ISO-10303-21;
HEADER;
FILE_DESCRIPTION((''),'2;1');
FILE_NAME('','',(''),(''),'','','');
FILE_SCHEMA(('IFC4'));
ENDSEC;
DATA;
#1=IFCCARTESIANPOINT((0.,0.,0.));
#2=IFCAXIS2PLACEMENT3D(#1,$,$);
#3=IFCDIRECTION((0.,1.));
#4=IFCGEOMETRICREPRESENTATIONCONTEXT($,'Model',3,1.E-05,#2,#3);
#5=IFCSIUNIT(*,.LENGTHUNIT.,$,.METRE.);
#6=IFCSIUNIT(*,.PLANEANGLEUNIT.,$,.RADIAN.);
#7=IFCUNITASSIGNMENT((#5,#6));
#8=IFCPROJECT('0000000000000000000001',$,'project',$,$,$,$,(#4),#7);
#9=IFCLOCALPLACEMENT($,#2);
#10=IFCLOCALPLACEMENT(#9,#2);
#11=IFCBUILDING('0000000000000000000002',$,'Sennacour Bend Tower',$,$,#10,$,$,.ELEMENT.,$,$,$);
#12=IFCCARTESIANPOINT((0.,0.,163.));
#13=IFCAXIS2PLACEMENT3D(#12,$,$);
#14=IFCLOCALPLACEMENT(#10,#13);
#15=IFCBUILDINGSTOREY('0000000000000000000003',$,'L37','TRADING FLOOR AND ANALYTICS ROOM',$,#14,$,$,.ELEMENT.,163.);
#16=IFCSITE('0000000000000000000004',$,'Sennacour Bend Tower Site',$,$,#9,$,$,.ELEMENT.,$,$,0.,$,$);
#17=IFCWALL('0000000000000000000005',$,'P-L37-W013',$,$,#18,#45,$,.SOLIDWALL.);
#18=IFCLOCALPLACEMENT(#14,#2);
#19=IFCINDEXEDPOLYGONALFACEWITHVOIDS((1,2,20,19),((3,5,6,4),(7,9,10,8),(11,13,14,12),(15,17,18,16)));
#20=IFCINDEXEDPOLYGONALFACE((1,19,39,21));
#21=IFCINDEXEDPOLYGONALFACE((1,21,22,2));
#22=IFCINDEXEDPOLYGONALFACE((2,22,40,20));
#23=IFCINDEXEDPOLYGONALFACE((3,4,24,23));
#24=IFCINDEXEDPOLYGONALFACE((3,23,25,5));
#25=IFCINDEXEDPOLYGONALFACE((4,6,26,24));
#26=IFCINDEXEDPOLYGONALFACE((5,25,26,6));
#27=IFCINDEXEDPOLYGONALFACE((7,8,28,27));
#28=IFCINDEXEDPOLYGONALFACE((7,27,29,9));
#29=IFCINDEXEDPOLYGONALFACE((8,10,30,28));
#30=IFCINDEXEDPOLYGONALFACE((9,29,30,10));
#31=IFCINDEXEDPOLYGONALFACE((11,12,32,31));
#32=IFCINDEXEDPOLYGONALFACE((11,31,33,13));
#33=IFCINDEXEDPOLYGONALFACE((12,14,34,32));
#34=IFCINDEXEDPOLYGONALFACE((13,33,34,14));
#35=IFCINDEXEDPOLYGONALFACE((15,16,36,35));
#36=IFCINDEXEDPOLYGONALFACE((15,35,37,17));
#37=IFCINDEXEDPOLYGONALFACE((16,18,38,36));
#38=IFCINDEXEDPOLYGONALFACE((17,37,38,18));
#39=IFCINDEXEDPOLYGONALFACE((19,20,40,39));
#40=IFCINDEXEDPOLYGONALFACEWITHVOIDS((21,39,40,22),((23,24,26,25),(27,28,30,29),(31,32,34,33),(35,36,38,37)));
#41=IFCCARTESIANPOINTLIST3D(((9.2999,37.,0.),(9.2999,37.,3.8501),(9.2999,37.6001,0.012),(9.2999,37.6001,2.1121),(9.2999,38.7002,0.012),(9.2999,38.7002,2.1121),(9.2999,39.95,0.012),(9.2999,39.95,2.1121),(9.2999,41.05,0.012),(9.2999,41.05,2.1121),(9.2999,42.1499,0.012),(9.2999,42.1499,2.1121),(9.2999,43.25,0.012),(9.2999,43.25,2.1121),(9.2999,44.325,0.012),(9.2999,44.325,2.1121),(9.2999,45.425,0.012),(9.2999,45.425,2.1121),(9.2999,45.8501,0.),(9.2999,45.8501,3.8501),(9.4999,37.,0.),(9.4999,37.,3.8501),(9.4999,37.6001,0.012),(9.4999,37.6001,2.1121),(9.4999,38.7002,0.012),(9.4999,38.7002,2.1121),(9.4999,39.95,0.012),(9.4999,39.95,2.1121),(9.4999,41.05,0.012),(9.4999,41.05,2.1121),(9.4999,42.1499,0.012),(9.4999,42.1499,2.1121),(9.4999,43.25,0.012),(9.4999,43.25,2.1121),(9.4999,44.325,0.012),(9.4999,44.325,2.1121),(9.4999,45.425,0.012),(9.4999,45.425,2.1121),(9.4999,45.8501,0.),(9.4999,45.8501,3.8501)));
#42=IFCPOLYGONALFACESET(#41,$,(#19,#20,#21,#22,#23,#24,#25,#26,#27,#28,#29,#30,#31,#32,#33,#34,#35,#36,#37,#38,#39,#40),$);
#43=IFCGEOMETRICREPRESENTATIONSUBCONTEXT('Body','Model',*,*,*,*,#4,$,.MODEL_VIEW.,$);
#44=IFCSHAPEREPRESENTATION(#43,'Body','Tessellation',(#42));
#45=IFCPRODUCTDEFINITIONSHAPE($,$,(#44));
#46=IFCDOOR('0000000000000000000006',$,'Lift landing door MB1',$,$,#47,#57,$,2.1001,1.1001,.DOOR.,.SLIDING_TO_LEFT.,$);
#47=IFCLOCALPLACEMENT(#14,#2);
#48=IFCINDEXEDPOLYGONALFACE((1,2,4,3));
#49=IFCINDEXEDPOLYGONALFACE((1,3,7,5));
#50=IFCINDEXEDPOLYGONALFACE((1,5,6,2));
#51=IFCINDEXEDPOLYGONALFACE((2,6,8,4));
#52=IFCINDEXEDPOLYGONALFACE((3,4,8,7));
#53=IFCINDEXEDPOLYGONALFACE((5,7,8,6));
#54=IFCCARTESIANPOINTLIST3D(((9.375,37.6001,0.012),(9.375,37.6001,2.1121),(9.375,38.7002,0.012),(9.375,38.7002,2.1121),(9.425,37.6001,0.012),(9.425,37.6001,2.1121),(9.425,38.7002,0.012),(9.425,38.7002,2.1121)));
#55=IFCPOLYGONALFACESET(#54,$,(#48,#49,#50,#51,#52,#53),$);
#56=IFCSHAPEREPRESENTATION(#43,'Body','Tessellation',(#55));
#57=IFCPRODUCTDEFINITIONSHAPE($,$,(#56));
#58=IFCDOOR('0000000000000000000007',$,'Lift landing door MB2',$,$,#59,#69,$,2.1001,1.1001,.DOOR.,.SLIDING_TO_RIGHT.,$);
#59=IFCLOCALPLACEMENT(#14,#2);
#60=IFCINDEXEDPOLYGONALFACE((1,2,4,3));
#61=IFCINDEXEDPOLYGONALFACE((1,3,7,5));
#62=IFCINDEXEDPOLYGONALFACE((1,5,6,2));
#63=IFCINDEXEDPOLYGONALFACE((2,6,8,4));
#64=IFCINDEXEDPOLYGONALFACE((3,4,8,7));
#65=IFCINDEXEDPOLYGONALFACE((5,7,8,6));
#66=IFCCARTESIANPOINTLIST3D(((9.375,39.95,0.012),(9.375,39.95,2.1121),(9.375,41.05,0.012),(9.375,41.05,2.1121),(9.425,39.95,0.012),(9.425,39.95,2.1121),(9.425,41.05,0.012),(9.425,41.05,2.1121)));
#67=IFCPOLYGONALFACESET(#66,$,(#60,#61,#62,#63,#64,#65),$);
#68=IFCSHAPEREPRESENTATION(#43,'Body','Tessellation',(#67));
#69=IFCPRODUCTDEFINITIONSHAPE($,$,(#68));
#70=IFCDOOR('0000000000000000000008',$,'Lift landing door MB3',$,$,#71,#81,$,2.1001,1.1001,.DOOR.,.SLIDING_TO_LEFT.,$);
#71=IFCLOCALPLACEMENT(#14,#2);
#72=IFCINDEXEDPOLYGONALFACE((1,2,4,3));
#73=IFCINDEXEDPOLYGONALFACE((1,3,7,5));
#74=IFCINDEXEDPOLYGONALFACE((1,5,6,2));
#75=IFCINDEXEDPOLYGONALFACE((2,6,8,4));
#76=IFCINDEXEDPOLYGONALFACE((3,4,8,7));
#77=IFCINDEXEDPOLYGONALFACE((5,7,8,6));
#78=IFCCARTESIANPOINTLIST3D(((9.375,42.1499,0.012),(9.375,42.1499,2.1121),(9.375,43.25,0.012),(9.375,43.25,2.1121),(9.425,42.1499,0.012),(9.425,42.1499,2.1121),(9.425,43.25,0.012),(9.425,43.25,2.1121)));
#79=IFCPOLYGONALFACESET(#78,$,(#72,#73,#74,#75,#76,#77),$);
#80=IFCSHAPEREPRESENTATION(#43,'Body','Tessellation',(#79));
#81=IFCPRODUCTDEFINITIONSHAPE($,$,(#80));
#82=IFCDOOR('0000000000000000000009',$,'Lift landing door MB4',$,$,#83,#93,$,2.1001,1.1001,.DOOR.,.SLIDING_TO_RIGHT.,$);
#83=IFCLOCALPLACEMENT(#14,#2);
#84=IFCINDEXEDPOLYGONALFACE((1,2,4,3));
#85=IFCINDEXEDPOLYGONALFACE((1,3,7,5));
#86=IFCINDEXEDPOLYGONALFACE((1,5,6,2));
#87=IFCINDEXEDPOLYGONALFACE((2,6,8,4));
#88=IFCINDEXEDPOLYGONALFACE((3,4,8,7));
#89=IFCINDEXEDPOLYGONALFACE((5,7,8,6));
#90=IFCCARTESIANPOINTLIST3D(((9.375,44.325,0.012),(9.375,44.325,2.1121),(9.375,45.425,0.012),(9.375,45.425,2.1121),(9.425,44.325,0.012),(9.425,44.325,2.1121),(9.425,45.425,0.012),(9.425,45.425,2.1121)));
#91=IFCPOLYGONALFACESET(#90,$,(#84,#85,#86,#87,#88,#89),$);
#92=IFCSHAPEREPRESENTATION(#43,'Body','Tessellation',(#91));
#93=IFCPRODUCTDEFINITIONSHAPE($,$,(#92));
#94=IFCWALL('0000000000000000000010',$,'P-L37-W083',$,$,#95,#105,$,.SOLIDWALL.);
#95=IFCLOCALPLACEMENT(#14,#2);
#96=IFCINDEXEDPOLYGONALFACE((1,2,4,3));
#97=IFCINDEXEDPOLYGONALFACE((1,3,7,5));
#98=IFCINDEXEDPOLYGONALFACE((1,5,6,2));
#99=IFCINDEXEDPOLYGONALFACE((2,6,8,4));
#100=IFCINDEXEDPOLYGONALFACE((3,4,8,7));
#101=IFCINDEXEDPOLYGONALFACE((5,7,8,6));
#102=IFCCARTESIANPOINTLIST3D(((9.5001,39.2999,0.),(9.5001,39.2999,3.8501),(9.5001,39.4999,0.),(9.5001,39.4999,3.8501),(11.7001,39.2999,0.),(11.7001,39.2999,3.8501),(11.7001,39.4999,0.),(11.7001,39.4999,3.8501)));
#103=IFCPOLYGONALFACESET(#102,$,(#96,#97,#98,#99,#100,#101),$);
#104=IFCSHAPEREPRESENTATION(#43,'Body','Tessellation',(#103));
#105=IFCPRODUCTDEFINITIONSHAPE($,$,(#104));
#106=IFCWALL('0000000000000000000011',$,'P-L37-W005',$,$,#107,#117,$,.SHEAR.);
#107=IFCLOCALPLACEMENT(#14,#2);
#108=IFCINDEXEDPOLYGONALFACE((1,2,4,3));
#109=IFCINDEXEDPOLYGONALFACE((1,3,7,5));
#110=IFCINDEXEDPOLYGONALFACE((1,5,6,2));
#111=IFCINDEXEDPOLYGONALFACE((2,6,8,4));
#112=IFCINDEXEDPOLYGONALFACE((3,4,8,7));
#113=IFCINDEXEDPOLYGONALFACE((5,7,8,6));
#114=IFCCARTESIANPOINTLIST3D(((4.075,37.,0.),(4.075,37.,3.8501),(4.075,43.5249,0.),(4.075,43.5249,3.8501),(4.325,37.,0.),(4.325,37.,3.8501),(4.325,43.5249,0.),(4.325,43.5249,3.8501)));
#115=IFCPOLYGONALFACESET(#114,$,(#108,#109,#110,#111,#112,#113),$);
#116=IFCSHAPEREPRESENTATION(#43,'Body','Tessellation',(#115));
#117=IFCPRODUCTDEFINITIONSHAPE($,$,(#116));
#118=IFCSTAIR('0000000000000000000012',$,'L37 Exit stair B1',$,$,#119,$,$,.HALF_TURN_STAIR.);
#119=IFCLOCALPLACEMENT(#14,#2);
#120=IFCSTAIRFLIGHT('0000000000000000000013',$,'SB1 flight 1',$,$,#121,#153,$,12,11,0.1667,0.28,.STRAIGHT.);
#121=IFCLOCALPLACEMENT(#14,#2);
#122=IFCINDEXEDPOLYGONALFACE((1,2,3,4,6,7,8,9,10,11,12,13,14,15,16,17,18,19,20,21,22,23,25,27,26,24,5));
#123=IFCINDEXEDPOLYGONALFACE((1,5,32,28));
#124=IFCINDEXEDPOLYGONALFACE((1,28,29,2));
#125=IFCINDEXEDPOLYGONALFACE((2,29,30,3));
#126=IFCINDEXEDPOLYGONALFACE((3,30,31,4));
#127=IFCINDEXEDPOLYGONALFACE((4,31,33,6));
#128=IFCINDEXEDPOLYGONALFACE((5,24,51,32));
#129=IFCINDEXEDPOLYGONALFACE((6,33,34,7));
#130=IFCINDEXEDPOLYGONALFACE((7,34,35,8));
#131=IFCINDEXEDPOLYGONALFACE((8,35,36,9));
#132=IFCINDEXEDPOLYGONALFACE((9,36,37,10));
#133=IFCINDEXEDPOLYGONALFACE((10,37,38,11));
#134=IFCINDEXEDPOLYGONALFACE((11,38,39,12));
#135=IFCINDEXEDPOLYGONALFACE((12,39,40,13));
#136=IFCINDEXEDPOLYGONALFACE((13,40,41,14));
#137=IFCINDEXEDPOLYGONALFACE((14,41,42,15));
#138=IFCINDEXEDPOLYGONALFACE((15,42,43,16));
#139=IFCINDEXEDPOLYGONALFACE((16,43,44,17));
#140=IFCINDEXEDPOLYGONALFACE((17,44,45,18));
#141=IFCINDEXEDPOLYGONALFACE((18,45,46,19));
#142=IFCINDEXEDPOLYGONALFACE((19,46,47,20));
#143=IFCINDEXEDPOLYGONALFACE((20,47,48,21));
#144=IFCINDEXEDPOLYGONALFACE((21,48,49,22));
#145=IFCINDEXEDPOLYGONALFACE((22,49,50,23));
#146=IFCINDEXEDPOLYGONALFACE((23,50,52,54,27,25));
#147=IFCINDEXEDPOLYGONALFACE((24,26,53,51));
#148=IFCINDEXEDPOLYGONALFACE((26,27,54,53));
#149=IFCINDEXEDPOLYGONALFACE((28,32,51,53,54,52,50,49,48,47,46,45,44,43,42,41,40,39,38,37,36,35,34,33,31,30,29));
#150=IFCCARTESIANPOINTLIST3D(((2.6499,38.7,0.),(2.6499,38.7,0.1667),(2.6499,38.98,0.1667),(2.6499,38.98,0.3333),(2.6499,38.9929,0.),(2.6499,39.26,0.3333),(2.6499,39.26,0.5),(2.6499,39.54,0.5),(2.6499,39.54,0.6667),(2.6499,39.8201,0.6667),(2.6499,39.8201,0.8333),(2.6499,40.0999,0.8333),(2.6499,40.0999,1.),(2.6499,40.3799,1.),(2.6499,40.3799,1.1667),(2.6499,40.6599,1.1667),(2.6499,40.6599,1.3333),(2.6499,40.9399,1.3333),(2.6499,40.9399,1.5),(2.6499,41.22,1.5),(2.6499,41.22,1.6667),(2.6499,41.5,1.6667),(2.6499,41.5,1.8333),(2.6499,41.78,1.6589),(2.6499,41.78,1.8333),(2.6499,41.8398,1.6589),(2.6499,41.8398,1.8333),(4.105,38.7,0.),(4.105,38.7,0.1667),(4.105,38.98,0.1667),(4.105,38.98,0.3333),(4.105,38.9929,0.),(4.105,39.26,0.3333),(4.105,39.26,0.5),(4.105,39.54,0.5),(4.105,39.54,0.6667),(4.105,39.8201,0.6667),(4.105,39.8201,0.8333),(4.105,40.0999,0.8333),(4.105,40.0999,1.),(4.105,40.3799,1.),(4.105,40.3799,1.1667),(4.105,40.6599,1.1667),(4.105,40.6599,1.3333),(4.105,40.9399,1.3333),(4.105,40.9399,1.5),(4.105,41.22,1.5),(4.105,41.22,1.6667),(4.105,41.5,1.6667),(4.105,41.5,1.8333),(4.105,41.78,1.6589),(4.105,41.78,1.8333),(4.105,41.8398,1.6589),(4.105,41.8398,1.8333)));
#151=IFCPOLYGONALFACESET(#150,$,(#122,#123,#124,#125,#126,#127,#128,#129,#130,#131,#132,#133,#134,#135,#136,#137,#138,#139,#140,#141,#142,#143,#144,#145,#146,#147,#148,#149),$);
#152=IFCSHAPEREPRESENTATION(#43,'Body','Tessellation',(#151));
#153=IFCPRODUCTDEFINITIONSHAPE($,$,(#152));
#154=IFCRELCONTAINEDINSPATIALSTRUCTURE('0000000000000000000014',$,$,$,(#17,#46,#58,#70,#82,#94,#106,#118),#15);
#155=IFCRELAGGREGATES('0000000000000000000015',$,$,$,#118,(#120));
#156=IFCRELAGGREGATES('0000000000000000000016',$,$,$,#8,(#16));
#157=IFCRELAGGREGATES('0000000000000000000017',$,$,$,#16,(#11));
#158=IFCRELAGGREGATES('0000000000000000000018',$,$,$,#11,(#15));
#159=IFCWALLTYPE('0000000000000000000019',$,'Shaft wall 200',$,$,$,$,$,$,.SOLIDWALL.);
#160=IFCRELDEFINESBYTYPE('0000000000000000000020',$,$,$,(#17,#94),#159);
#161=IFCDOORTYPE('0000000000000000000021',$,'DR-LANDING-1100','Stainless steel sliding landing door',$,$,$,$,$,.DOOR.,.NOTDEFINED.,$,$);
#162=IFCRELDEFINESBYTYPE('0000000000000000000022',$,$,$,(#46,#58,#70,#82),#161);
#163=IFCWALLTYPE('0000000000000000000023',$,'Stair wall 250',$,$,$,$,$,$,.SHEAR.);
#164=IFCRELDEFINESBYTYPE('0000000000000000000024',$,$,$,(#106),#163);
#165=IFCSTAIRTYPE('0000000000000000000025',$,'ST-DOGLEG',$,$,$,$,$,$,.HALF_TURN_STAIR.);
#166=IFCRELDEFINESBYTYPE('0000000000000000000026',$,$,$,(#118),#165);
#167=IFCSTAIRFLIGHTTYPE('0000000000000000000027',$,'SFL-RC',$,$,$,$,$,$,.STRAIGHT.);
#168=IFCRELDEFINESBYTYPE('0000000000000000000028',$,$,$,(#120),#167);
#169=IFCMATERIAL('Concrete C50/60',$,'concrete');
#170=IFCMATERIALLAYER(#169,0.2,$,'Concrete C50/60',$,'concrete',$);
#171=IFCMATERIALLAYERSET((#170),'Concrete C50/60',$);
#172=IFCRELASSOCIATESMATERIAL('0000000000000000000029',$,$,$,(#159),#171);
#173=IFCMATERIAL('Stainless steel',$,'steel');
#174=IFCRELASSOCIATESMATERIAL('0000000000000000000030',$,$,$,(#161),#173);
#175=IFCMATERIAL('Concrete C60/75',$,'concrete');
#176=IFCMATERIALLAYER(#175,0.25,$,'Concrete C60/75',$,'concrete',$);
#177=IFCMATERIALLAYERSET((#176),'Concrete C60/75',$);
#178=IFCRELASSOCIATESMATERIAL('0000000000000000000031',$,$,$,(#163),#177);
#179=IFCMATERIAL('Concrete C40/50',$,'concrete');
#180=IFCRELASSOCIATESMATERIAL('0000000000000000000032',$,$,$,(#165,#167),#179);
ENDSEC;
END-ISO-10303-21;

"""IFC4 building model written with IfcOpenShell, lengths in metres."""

from ifc_helpers import new_model, si_unit, direction, frame, frame_2d, origin, place, context, subcontext, project, spatial, polyline, rectangle, outline, extrude, material, layer, layer_set, type_object, element, fill, aggregate, save


model = new_model("IFC4")

# Units and contexts
model_context = context("Model", 3, precision=1e-05, world=origin(), true_north=direction((0.0, 1.0)))
body_context = subcontext(model_context, "Body", "Model", "MODEL_VIEW")
ifc_project = project(units=[si_unit("LENGTHUNIT", "METRE"), si_unit("PLANEANGLEUNIT", "RADIAN")], contexts=[model_context])

# Site, building, storey
site_placement = place(None, origin())
site = spatial("IfcSite", under=ifc_project, at=site_placement, Name="Sennacour Bend Tower Site", CompositionType="ELEMENT", RefElevation=0.0)
building_placement = place(site_placement, origin())
building = spatial("IfcBuilding", under=site, at=building_placement, Name="Sennacour Bend Tower", CompositionType="ELEMENT")
storey_placement = place(building_placement, frame((0.0, 0.0, 163.0)))
storey = spatial("IfcBuildingStorey", under=building, at=storey_placement, Name="L37", Description="TRADING FLOOR AND ANALYTICS ROOM", CompositionType="ELEMENT", Elevation=163.0)

# Shared definitions
ifc_material_1 = material(Name="Concrete C60/75", Category="concrete")

# Wall, openings, doors
ifc_material_2 = material(Name="Concrete C50/60", Category="concrete")
ifc_layer_1 = layer(ifc_material_2, 0.2, Name="Concrete C50/60", Category="concrete")
ifc_layer_set_1 = layer_set([ifc_layer_1], Name="Concrete C50/60")
wall_type_1 = type_object("IfcWallType", Name="Shaft wall 200", PredefinedType="SOLIDWALL", material=ifc_layer_set_1)
wall_1_placement = place(storey_placement, frame((9.3999, 37.0, 0.0), z_axis=(0.0, 0.0, 1.0), x_axis=(0.0, 1.0, 0.0)))
wall_1 = element("IfcWall", 1, at=wall_1_placement, inside=storey, type_object=wall_type_1, Name="P-L37-W013", PredefinedType="SOLIDWALL", context=body_context, shape_type="SweptSolid", body=[
    extrude(rectangle(XDim=8.8501, YDim=0.2, at=frame_2d((4.425, 0.0))), origin(), (0.0, 0.0, 1.0), 3.8501),
])
opening_1_placement = place(wall_1_placement, frame((0.6001, 0.0, 0.012)))
opening_1 = element("IfcOpeningElement", 2, at=opening_1_placement, cuts=wall_1, PredefinedType="OPENING", context=body_context, shape_type="SweptSolid", body=[
    extrude(rectangle(XDim=1.1001, YDim=2.1001, at=frame_2d((0.55, 1.05))), frame((0.0, 0.1099, 0.0), z_axis=(0.0, -1.0, 0.0), x_axis=(1.0, 0.0, 0.0)), (0.0, 0.0, 1.0), 0.22),
])
opening_2_placement = place(wall_1_placement, frame((2.95, 0.0, 0.012)))
opening_2 = element("IfcOpeningElement", 3, at=opening_2_placement, cuts=wall_1, PredefinedType="OPENING", context=body_context, shape_type="SweptSolid", body=[
    extrude(rectangle(XDim=1.1001, YDim=2.1001, at=frame_2d((0.55, 1.05))), frame((0.0, 0.1099, 0.0), z_axis=(0.0, -1.0, 0.0), x_axis=(1.0, 0.0, 0.0)), (0.0, 0.0, 1.0), 0.22),
])
opening_3_placement = place(wall_1_placement, frame((5.1499, 0.0, 0.012)))
opening_3 = element("IfcOpeningElement", 4, at=opening_3_placement, cuts=wall_1, PredefinedType="OPENING", context=body_context, shape_type="SweptSolid", body=[
    extrude(rectangle(XDim=1.1001, YDim=2.1001, at=frame_2d((0.55, 1.05))), frame((0.0, 0.1099, 0.0), z_axis=(0.0, -1.0, 0.0), x_axis=(1.0, 0.0, 0.0)), (0.0, 0.0, 1.0), 0.22),
])
opening_4_placement = place(wall_1_placement, frame((7.325, 0.0, 0.012)))
opening_4 = element("IfcOpeningElement", 5, at=opening_4_placement, cuts=wall_1, PredefinedType="OPENING", context=body_context, shape_type="SweptSolid", body=[
    extrude(rectangle(XDim=1.1001, YDim=2.1001, at=frame_2d((0.55, 1.05))), frame((0.0, 0.1099, 0.0), z_axis=(0.0, -1.0, 0.0), x_axis=(1.0, 0.0, 0.0)), (0.0, 0.0, 1.0), 0.22),
])
ifc_material_3 = material(Name="Stainless steel", Category="steel")
door_type_1 = type_object("IfcDoorType", Name="DR-LANDING-1100", Description="Stainless steel sliding landing door", OperationType="NOTDEFINED", PredefinedType="DOOR", material=ifc_material_3)
door_1_placement = place(opening_1_placement, origin())
door_1 = element("IfcDoor", 6, at=door_1_placement, inside=storey, type_object=door_type_1, Name="Lift landing door MB1", OperationType="SLIDING_TO_LEFT", OverallHeight=2.1001, OverallWidth=1.1001, PredefinedType="DOOR", context=body_context, shape_type="SweptSolid", body=[
    extrude(rectangle(XDim=1.1001, YDim=2.1001, at=frame_2d((0.55, 1.05))), frame((0.0, 0.0249, 0.0), z_axis=(0.0, -1.0, 0.0), x_axis=(1.0, 0.0, 0.0)), (0.0, 0.0, 1.0), 0.05),
])
fill(opening_1, door_1)
door_2_placement = place(opening_2_placement, origin())
door_2 = element("IfcDoor", 7, at=door_2_placement, inside=storey, type_object=door_type_1, Name="Lift landing door MB2", OperationType="SLIDING_TO_RIGHT", OverallHeight=2.1001, OverallWidth=1.1001, PredefinedType="DOOR", context=body_context, shape_type="SweptSolid", body=[
    extrude(rectangle(XDim=1.1001, YDim=2.1001, at=frame_2d((0.55, 1.05))), frame((0.0, 0.0249, 0.0), z_axis=(0.0, -1.0, 0.0), x_axis=(1.0, 0.0, 0.0)), (0.0, 0.0, 1.0), 0.05),
])
fill(opening_2, door_2)
door_3_placement = place(opening_3_placement, origin())
door_3 = element("IfcDoor", 8, at=door_3_placement, inside=storey, type_object=door_type_1, Name="Lift landing door MB3", OperationType="SLIDING_TO_LEFT", OverallHeight=2.1001, OverallWidth=1.1001, PredefinedType="DOOR", context=body_context, shape_type="SweptSolid", body=[
    extrude(rectangle(XDim=1.1001, YDim=2.1001, at=frame_2d((0.55, 1.05))), frame((0.0, 0.0249, 0.0), z_axis=(0.0, -1.0, 0.0), x_axis=(1.0, 0.0, 0.0)), (0.0, 0.0, 1.0), 0.05),
])
fill(opening_3, door_3)
door_4_placement = place(opening_4_placement, origin())
door_4 = element("IfcDoor", 9, at=door_4_placement, inside=storey, type_object=door_type_1, Name="Lift landing door MB4", OperationType="SLIDING_TO_RIGHT", OverallHeight=2.1001, OverallWidth=1.1001, PredefinedType="DOOR", context=body_context, shape_type="SweptSolid", body=[
    extrude(rectangle(XDim=1.1001, YDim=2.1001, at=frame_2d((0.55, 1.05))), frame((0.0, 0.0249, 0.0), z_axis=(0.0, -1.0, 0.0), x_axis=(1.0, 0.0, 0.0)), (0.0, 0.0, 1.0), 0.05),
])
fill(opening_4, door_4)

# Walls
wall_2_placement = place(storey_placement, frame((9.5, 39.3999, 0.0), z_axis=(0.0, 0.0, 1.0), x_axis=(1.0, 0.0, 0.0)))
element("IfcWall", 10, at=wall_2_placement, inside=storey, type_object=wall_type_1, Name="P-L37-W083", PredefinedType="SOLIDWALL", context=body_context, shape_type="SweptSolid", body=[
    extrude(rectangle(XDim=2.2, YDim=0.2, at=frame_2d((1.1001, 0.0))), origin(), (0.0, 0.0, 1.0), 3.8501),
])
ifc_layer_2 = layer(ifc_material_1, 0.25, Name="Concrete C60/75", Category="concrete")
ifc_layer_set_2 = layer_set([ifc_layer_2], Name="Concrete C60/75")
wall_type_2 = type_object("IfcWallType", Name="Stair wall 250", PredefinedType="SHEAR", material=ifc_layer_set_2)
wall_3_placement = place(storey_placement, frame((4.2, 37.0, 0.0), z_axis=(0.0, 0.0, 1.0), x_axis=(0.0, 1.0, 0.0)))
element("IfcWall", 11, at=wall_3_placement, inside=storey, type_object=wall_type_2, Name="P-L37-W005", PredefinedType="SHEAR", context=body_context, shape_type="SweptSolid", body=[
    extrude(rectangle(XDim=6.5249, YDim=0.25, at=frame_2d((3.2625, 0.0))), origin(), (0.0, 0.0, 1.0), 3.8501),
])

# Stair, stair flight
ifc_material_4 = material(Name="Concrete C40/50", Category="concrete")
stair_type = type_object("IfcStairType", Name="ST-DOGLEG", PredefinedType="HALF_TURN_STAIR", material=ifc_material_4)
stair_placement = place(storey_placement, origin())
stair = element("IfcStair", 12, at=stair_placement, inside=storey, type_object=stair_type, Name="L37 Exit stair B1", PredefinedType="HALF_TURN_STAIR")
stair_flight_type = type_object("IfcStairFlightType", Name="SFL-RC", PredefinedType="STRAIGHT", material=ifc_material_4)
stair_flight_placement = place(storey_placement, frame((3.3774, 38.7, 0.0), z_axis=(0.0, 0.0, 1.0), x_axis=(0.0, 1.0, 0.0)))
stair_flight = element("IfcStairFlight", 13, at=stair_flight_placement, type_object=stair_flight_type, Name="SB1 flight 1", NumberOfRisers=12, NumberOfTreads=11, PredefinedType="STRAIGHT", RiserHeight=0.1667, TreadLength=0.28, context=body_context, shape_type="SweptSolid", body=[
    extrude(outline(polyline([(0.0, 0.0), (0.0, 0.1667), (0.28, 0.1667), (0.28, 0.3333), (0.5601, 0.3333), (0.5601, 0.5), (0.8401, 0.5), (0.8401, 0.6667), (1.1201, 0.6667), (1.1201, 0.8333), (1.3999, 0.8333), (1.3999, 1.0), (1.6799, 1.0), (1.6799, 1.1667), (1.96, 1.1667), (1.96, 1.3333), (2.24, 1.3333), (2.24, 1.5), (2.52, 1.5), (2.52, 1.6667), (2.8, 1.6667), (2.8, 1.8333), (3.0801, 1.8333), (3.1399, 1.8333), (3.1399, 1.6589), (3.0801, 1.6589), (0.293, 0.0), (0.0, 0.0)])), frame((0.0, 0.7275, 0.0), z_axis=(0.0, -1.0, 0.0), x_axis=(1.0, 0.0, 0.0)), (0.0, 0.0, 1.0), 1.4551),
])
aggregate(stair, [stair_flight])

save(model, "model.ifc")
